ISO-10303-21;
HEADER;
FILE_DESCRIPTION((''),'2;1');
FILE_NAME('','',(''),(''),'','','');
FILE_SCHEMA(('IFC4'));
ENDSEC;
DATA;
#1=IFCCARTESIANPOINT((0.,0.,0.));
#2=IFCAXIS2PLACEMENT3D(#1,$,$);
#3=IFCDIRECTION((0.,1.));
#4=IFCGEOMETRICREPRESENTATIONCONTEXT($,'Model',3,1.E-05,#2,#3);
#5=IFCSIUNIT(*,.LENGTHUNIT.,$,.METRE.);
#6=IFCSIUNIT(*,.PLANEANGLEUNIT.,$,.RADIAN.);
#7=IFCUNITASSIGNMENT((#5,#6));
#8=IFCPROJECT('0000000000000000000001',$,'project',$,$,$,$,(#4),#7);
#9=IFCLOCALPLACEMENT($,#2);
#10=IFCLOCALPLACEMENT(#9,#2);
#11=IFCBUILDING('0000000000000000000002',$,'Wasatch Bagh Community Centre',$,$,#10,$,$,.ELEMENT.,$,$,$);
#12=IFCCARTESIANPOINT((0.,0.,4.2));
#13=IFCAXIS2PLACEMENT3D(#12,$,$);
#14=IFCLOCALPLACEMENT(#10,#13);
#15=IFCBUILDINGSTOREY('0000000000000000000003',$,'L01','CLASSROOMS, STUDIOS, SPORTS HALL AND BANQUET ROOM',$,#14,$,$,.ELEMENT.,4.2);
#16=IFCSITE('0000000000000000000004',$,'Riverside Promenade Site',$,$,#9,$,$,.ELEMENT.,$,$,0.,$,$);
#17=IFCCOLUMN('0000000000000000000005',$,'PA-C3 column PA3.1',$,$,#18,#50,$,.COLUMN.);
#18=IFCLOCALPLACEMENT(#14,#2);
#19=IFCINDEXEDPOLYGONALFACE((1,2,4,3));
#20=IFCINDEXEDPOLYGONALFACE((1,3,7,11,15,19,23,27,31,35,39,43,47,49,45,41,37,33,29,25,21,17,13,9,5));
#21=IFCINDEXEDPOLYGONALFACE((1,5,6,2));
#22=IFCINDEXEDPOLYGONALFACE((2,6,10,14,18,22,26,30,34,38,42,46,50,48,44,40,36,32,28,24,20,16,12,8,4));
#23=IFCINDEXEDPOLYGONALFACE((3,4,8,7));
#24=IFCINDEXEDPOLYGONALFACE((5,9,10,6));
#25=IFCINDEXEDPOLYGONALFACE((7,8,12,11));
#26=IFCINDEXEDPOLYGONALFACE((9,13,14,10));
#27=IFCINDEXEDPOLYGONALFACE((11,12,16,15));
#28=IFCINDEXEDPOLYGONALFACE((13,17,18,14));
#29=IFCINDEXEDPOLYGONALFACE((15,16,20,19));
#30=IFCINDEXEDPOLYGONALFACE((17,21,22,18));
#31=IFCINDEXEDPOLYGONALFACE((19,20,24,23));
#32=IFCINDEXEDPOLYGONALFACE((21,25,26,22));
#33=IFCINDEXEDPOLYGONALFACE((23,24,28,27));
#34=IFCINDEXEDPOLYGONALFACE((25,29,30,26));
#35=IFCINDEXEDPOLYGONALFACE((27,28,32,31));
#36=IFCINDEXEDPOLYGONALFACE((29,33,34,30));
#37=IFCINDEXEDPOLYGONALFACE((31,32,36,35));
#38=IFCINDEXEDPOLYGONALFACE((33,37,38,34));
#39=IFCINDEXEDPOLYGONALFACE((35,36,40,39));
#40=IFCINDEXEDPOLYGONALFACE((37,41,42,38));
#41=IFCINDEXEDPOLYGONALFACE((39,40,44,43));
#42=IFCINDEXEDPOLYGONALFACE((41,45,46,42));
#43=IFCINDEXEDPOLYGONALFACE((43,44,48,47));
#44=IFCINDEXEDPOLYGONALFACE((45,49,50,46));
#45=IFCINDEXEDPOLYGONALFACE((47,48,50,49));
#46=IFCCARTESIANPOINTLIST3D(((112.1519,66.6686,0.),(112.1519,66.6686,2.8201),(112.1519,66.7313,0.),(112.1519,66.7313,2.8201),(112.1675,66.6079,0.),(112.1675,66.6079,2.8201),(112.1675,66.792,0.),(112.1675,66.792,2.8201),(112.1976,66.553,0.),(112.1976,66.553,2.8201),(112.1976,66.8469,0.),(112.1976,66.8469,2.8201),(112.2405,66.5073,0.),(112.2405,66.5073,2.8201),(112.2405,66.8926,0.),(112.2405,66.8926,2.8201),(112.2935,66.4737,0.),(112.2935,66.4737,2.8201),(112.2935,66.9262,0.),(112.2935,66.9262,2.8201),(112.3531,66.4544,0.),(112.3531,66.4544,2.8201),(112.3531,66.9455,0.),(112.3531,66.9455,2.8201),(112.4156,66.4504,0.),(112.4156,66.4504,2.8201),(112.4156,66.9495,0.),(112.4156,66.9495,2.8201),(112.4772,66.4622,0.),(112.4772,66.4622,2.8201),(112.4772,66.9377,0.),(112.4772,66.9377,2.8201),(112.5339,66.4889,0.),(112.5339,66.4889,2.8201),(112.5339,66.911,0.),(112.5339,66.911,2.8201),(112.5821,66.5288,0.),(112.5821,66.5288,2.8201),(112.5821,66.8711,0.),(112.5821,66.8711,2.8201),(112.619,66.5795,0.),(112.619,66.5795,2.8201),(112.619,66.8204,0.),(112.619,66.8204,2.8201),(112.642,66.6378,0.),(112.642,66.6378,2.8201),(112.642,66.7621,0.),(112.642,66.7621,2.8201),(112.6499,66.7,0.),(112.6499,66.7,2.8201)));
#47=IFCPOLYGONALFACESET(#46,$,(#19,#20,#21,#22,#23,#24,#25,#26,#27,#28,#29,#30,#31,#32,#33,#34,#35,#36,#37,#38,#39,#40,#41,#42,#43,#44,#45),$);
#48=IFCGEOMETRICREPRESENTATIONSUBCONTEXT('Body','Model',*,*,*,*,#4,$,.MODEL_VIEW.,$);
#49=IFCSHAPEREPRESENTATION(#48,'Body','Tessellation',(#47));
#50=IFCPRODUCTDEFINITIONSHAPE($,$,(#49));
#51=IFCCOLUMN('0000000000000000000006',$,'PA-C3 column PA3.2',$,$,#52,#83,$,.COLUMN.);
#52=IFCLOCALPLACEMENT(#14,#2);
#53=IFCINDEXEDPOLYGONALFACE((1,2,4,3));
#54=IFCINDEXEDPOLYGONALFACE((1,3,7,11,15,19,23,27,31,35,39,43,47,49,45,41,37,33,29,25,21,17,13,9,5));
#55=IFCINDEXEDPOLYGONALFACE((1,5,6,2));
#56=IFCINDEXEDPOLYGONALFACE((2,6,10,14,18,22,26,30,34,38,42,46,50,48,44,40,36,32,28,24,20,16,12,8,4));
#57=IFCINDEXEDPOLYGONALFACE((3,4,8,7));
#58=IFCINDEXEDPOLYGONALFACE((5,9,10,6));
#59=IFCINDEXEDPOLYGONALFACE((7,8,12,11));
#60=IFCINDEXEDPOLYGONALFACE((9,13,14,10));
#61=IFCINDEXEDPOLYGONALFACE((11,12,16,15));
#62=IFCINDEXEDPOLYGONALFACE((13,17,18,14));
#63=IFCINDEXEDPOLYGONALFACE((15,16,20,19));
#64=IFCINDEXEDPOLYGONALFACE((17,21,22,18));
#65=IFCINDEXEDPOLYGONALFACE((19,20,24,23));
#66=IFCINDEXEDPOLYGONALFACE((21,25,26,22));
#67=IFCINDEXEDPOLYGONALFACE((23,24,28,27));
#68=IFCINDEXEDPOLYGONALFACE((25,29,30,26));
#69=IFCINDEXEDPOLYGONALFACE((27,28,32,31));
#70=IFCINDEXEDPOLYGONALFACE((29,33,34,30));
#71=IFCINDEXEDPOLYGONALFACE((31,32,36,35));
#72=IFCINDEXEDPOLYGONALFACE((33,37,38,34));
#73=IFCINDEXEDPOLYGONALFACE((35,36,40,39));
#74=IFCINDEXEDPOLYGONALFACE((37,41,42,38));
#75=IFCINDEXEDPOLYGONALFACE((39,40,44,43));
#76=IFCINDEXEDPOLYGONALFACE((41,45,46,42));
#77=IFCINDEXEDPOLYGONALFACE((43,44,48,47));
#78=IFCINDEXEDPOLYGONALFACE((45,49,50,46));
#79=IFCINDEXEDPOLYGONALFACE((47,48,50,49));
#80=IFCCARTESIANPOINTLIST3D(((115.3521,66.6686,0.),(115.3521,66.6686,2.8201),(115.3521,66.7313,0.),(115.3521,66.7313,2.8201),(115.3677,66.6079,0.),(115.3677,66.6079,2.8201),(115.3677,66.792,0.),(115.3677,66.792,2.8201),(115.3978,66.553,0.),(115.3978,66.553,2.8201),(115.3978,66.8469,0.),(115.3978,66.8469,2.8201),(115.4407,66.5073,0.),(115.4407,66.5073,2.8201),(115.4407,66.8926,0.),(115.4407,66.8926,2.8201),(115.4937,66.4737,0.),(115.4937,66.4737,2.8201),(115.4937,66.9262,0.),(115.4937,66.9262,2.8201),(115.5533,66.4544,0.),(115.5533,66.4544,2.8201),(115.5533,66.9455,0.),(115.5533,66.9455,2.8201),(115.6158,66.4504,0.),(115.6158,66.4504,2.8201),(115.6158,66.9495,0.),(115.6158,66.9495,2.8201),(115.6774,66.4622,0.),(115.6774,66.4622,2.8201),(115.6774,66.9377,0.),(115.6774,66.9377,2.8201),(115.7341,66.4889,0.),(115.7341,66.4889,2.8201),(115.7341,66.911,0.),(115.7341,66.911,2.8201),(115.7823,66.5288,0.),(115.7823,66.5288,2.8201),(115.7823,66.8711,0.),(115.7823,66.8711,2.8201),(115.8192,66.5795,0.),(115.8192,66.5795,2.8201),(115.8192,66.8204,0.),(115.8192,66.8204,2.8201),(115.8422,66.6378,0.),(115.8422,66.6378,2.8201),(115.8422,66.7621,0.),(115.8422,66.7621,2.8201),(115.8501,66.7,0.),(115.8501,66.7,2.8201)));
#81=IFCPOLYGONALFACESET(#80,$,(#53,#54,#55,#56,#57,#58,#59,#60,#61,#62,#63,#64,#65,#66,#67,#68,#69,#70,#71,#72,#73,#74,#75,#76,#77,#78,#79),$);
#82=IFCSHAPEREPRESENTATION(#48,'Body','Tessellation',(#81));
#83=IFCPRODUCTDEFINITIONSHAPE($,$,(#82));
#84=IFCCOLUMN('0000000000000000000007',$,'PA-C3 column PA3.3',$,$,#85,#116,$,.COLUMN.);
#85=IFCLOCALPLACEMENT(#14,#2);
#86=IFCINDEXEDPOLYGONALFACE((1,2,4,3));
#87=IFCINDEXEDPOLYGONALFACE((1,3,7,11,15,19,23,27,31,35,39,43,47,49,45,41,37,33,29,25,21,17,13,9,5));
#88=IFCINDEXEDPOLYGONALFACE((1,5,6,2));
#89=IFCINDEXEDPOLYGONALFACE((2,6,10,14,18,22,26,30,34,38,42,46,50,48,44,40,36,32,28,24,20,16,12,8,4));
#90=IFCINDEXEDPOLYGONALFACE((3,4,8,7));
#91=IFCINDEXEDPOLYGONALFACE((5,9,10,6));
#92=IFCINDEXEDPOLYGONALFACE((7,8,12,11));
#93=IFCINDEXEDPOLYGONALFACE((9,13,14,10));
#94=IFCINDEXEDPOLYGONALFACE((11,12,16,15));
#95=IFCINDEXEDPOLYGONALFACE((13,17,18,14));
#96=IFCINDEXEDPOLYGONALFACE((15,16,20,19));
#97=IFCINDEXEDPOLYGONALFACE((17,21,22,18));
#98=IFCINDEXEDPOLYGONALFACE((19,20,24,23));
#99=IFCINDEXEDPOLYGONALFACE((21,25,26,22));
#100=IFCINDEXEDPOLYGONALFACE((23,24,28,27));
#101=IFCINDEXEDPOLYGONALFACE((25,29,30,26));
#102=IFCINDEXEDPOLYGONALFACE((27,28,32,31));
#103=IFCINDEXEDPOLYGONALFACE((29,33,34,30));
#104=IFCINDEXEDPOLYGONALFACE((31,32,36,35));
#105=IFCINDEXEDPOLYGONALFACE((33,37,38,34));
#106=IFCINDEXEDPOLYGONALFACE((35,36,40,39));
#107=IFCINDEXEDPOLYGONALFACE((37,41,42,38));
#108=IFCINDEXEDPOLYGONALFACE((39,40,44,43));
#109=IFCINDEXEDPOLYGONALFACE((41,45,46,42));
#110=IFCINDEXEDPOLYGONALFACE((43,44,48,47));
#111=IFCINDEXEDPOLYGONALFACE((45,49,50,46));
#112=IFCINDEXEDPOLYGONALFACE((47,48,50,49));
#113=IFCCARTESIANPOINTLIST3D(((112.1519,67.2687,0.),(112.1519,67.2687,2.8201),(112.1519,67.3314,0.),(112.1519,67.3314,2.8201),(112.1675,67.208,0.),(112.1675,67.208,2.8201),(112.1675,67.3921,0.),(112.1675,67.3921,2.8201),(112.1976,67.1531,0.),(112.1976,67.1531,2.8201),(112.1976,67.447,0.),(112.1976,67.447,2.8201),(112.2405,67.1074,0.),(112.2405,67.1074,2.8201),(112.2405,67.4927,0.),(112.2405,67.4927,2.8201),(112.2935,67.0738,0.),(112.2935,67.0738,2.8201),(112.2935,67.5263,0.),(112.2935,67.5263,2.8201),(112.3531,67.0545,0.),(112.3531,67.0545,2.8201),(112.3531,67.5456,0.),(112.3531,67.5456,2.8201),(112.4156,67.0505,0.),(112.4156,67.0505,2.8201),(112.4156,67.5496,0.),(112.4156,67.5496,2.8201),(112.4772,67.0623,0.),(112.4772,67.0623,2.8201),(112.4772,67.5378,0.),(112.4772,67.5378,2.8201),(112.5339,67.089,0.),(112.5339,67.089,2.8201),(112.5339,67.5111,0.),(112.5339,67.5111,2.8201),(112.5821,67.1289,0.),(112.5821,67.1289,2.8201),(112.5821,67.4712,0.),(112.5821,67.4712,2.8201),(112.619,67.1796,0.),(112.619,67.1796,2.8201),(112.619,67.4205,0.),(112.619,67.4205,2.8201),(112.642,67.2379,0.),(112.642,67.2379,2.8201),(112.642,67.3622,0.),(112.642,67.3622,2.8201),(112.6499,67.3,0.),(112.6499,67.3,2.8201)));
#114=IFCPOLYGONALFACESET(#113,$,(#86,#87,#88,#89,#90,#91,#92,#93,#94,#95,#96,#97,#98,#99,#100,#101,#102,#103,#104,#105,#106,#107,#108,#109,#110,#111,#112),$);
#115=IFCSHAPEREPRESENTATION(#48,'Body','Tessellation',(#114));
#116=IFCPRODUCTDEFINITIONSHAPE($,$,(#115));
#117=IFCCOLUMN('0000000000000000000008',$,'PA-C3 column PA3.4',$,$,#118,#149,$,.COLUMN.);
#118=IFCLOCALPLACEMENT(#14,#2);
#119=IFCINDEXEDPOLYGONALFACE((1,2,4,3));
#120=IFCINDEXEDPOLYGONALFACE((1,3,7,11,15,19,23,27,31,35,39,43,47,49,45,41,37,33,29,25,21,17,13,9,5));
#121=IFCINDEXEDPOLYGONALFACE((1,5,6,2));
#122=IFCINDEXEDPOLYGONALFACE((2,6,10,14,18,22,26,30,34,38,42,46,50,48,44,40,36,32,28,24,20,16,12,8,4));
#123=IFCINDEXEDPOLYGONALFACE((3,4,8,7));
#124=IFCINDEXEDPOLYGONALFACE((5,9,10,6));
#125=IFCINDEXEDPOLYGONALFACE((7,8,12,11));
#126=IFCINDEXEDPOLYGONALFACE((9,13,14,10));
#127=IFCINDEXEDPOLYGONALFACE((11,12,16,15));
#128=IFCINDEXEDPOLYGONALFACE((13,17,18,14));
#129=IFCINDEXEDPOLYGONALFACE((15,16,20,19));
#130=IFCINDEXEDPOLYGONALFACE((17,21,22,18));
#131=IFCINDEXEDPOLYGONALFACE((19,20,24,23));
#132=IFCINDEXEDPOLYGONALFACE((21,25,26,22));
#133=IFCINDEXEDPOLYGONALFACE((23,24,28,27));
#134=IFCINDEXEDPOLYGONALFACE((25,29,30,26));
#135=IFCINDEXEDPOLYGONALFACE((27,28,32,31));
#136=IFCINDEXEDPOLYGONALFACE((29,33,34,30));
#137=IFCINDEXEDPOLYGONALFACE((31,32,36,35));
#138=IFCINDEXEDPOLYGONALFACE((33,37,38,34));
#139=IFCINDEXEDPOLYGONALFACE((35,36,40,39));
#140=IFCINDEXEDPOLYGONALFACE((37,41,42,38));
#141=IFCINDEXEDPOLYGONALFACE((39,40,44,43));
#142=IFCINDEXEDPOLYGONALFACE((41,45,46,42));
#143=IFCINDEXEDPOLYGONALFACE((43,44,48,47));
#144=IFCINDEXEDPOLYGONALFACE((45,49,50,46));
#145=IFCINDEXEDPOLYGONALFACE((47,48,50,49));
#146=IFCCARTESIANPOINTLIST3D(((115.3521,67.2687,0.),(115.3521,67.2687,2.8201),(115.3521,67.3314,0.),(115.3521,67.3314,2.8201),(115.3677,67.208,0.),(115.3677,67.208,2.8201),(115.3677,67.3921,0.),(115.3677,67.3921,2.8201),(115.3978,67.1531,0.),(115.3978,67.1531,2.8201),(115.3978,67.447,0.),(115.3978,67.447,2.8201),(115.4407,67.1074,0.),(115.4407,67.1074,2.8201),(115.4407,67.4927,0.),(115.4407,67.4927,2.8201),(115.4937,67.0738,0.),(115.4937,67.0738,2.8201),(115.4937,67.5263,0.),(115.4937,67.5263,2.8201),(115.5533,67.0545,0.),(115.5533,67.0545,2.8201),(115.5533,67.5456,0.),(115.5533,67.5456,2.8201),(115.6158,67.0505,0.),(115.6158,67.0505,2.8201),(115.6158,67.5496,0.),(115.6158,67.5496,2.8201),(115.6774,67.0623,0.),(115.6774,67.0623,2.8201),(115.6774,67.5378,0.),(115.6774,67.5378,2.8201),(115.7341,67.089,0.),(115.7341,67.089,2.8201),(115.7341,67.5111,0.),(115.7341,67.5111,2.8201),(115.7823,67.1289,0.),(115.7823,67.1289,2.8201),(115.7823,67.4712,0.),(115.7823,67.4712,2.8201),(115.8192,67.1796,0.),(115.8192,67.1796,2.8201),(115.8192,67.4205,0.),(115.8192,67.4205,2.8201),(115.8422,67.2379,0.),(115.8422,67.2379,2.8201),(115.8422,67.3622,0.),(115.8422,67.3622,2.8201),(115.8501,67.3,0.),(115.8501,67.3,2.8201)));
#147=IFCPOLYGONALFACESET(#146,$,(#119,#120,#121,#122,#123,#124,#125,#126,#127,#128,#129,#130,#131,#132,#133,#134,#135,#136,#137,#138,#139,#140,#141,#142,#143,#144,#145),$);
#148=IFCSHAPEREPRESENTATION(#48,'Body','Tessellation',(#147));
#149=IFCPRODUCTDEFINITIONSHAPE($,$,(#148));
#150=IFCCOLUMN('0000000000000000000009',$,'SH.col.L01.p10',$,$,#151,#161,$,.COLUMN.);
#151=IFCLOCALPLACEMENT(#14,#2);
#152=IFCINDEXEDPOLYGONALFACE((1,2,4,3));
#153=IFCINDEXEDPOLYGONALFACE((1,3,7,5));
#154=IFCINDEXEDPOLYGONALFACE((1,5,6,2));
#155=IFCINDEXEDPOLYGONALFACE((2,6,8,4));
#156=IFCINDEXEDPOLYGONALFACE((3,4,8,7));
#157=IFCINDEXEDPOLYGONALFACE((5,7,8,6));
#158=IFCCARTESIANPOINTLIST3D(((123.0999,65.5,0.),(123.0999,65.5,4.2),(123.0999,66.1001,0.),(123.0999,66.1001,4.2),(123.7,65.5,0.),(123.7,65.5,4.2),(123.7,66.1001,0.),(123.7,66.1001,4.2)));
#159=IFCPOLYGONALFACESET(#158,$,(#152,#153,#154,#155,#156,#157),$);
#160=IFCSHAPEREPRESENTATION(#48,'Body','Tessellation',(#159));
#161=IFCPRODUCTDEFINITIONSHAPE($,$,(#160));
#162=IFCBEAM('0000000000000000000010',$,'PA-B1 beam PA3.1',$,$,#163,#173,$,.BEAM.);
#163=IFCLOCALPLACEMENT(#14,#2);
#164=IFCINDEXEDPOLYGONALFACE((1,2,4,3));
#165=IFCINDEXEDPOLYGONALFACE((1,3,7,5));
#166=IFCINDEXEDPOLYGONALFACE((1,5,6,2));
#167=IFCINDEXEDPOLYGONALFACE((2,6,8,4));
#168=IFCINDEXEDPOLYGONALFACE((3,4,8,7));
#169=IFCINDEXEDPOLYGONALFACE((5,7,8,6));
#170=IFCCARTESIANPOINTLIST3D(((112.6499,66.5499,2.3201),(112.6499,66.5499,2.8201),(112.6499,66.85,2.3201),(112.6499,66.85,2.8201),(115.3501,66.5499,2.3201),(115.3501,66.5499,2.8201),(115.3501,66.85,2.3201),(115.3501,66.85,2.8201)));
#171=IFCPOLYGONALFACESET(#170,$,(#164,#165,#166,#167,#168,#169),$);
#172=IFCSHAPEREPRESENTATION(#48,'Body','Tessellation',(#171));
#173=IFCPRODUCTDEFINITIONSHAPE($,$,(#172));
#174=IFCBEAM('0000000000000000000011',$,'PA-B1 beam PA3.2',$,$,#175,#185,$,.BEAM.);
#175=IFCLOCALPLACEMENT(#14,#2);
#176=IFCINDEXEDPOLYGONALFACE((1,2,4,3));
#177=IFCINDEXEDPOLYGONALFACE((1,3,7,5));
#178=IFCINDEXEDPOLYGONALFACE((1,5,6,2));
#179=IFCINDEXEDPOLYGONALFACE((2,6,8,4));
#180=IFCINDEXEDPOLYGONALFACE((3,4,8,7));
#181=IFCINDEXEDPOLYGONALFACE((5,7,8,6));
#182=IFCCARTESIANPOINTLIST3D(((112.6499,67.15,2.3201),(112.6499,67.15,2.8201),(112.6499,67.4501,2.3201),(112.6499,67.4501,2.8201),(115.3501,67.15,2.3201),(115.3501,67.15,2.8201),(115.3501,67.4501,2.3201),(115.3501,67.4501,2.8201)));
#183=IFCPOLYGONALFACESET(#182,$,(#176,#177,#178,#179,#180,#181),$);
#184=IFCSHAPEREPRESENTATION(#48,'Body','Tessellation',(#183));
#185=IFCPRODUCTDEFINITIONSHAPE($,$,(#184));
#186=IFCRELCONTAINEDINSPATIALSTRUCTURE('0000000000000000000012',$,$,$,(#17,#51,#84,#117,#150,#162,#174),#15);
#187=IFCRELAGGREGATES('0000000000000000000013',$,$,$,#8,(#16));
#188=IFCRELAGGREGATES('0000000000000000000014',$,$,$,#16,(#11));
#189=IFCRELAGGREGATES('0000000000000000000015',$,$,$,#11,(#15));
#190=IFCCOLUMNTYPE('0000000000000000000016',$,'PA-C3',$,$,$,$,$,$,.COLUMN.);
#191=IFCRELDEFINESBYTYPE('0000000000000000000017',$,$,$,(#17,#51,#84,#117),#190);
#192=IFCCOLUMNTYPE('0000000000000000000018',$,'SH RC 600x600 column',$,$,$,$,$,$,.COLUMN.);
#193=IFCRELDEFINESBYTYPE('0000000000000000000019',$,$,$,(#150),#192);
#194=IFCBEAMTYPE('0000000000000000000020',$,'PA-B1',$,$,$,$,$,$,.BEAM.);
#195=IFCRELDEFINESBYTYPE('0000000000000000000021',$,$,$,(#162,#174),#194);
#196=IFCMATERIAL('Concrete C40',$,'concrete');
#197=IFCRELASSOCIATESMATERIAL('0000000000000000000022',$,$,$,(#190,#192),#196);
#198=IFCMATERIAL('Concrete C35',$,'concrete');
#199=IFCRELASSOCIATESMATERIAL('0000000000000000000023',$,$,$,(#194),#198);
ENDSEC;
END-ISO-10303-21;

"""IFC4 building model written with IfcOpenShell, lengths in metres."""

from ifc_helpers import new_model, si_unit, direction, frame, origin, origin_2d, place, context, subcontext, project, spatial, rectangle, circle, extrude, material, material_profile, profile_set, type_object, element, save


model = new_model("IFC4")

# Units and contexts
model_context = context("Model", 3, precision=1e-05, world=origin(), true_north=direction((0.0, 1.0)))
body_context = subcontext(model_context, "Body", "Model", "MODEL_VIEW")
ifc_project = project(units=[si_unit("LENGTHUNIT", "METRE"), si_unit("PLANEANGLEUNIT", "RADIAN")], contexts=[model_context])

# Site, building, storey
site_placement = place(None, origin())
site = spatial("IfcSite", under=ifc_project, at=site_placement, Name="Riverside Promenade Site", CompositionType="ELEMENT", RefElevation=0.0)
building_placement = place(site_placement, origin())
building = spatial("IfcBuilding", under=site, at=building_placement, Name="Wasatch Bagh Community Centre", CompositionType="ELEMENT")
storey_placement = place(building_placement, frame((0.0, 0.0, 4.2)))
storey = spatial("IfcBuildingStorey", under=building, at=storey_placement, Name="L01", Description="CLASSROOMS, STUDIOS, SPORTS HALL AND BANQUET ROOM", CompositionType="ELEMENT", Elevation=4.2)

# Columns
ifc_material_1 = material(Name="Concrete C40", Category="concrete")
ifc_material_profile_1 = material_profile(ifc_material_1, circle(Radius=0.25, at=origin_2d()), Name="RC D500")
ifc_profile_set_1 = profile_set([ifc_material_profile_1], Name="Concrete C40")
column_type_1 = type_object("IfcColumnType", Name="PA-C3", PredefinedType="COLUMN", material=ifc_profile_set_1)
for number, where, z_axis, x_axis, name in (
    (1, (112.3999, 66.7, 0.0), (0.0, 0.0, 1.0), (1.0, 0.0, 0.0), "PA-C3 column PA3.1"),
    (2, (115.6001, 66.7, 0.0), (0.0, 0.0, 1.0), (1.0, 0.0, 0.0), "PA-C3 column PA3.2"),
    (3, (112.3999, 67.3, 0.0), (0.0, 0.0, 1.0), (1.0, 0.0, 0.0), "PA-C3 column PA3.3"),
    (4, (115.6001, 67.3, 0.0), (0.0, 0.0, 1.0), (1.0, 0.0, 0.0), "PA-C3 column PA3.4"),
):
    element("IfcColumn", number, at=place(storey_placement, frame(where, z_axis=z_axis, x_axis=x_axis)), inside=storey, type_object=column_type_1, Name=name, PredefinedType="COLUMN", context=body_context, shape_type="SweptSolid", body=[
        extrude(circle(Radius=0.25, at=origin_2d()), origin(), (0.0, 0.0, 1.0), 2.8201),
    ])
ifc_material_profile_2 = material_profile(ifc_material_1, rectangle(XDim=0.6001, YDim=0.6001, at=origin_2d()), Name="RC 600x600")
ifc_profile_set_2 = profile_set([ifc_material_profile_2], Name="Concrete C40")
column_type_2 = type_object("IfcColumnType", Name="SH RC 600x600 column", PredefinedType="COLUMN", material=ifc_profile_set_2)
column_placement = place(storey_placement, frame((123.3999, 65.8, 0.0), z_axis=(0.0, 0.0, 1.0), x_axis=(1.0, 0.0, 0.0)))
element("IfcColumn", 5, at=column_placement, inside=storey, type_object=column_type_2, Name="SH.col.L01.p10", PredefinedType="COLUMN", context=body_context, shape_type="SweptSolid", body=[
    extrude(rectangle(XDim=0.6001, YDim=0.6001, at=origin_2d()), origin(), (0.0, 0.0, 1.0), 4.2),
])

# Beams
ifc_material_2 = material(Name="Concrete C35", Category="concrete")
ifc_material_profile_3 = material_profile(ifc_material_2, rectangle(XDim=0.3, YDim=0.5, at=origin_2d()), Name="RC 300x500")
ifc_profile_set_3 = profile_set([ifc_material_profile_3], Name="Concrete C35")
beam_type = type_object("IfcBeamType", Name="PA-B1", PredefinedType="BEAM", material=ifc_profile_set_3)
for number, where, z_axis, x_axis, name in (
    (6, (112.6499, 66.7, 2.5701), (1.0, 0.0, 0.0), (0.0, 1.0, 0.0), "PA-B1 beam PA3.1"),
    (7, (112.6499, 67.3, 2.5701), (1.0, 0.0, 0.0), (0.0, 1.0, 0.0), "PA-B1 beam PA3.2"),
):
    element("IfcBeam", number, at=place(storey_placement, frame(where, z_axis=z_axis, x_axis=x_axis)), inside=storey, type_object=beam_type, Name=name, PredefinedType="BEAM", context=body_context, shape_type="SweptSolid", body=[
        extrude(rectangle(XDim=0.3, YDim=0.5, at=origin_2d()), origin(), (0.0, 0.0, 1.0), 2.7002),
    ])

save(model, "model.ifc")
